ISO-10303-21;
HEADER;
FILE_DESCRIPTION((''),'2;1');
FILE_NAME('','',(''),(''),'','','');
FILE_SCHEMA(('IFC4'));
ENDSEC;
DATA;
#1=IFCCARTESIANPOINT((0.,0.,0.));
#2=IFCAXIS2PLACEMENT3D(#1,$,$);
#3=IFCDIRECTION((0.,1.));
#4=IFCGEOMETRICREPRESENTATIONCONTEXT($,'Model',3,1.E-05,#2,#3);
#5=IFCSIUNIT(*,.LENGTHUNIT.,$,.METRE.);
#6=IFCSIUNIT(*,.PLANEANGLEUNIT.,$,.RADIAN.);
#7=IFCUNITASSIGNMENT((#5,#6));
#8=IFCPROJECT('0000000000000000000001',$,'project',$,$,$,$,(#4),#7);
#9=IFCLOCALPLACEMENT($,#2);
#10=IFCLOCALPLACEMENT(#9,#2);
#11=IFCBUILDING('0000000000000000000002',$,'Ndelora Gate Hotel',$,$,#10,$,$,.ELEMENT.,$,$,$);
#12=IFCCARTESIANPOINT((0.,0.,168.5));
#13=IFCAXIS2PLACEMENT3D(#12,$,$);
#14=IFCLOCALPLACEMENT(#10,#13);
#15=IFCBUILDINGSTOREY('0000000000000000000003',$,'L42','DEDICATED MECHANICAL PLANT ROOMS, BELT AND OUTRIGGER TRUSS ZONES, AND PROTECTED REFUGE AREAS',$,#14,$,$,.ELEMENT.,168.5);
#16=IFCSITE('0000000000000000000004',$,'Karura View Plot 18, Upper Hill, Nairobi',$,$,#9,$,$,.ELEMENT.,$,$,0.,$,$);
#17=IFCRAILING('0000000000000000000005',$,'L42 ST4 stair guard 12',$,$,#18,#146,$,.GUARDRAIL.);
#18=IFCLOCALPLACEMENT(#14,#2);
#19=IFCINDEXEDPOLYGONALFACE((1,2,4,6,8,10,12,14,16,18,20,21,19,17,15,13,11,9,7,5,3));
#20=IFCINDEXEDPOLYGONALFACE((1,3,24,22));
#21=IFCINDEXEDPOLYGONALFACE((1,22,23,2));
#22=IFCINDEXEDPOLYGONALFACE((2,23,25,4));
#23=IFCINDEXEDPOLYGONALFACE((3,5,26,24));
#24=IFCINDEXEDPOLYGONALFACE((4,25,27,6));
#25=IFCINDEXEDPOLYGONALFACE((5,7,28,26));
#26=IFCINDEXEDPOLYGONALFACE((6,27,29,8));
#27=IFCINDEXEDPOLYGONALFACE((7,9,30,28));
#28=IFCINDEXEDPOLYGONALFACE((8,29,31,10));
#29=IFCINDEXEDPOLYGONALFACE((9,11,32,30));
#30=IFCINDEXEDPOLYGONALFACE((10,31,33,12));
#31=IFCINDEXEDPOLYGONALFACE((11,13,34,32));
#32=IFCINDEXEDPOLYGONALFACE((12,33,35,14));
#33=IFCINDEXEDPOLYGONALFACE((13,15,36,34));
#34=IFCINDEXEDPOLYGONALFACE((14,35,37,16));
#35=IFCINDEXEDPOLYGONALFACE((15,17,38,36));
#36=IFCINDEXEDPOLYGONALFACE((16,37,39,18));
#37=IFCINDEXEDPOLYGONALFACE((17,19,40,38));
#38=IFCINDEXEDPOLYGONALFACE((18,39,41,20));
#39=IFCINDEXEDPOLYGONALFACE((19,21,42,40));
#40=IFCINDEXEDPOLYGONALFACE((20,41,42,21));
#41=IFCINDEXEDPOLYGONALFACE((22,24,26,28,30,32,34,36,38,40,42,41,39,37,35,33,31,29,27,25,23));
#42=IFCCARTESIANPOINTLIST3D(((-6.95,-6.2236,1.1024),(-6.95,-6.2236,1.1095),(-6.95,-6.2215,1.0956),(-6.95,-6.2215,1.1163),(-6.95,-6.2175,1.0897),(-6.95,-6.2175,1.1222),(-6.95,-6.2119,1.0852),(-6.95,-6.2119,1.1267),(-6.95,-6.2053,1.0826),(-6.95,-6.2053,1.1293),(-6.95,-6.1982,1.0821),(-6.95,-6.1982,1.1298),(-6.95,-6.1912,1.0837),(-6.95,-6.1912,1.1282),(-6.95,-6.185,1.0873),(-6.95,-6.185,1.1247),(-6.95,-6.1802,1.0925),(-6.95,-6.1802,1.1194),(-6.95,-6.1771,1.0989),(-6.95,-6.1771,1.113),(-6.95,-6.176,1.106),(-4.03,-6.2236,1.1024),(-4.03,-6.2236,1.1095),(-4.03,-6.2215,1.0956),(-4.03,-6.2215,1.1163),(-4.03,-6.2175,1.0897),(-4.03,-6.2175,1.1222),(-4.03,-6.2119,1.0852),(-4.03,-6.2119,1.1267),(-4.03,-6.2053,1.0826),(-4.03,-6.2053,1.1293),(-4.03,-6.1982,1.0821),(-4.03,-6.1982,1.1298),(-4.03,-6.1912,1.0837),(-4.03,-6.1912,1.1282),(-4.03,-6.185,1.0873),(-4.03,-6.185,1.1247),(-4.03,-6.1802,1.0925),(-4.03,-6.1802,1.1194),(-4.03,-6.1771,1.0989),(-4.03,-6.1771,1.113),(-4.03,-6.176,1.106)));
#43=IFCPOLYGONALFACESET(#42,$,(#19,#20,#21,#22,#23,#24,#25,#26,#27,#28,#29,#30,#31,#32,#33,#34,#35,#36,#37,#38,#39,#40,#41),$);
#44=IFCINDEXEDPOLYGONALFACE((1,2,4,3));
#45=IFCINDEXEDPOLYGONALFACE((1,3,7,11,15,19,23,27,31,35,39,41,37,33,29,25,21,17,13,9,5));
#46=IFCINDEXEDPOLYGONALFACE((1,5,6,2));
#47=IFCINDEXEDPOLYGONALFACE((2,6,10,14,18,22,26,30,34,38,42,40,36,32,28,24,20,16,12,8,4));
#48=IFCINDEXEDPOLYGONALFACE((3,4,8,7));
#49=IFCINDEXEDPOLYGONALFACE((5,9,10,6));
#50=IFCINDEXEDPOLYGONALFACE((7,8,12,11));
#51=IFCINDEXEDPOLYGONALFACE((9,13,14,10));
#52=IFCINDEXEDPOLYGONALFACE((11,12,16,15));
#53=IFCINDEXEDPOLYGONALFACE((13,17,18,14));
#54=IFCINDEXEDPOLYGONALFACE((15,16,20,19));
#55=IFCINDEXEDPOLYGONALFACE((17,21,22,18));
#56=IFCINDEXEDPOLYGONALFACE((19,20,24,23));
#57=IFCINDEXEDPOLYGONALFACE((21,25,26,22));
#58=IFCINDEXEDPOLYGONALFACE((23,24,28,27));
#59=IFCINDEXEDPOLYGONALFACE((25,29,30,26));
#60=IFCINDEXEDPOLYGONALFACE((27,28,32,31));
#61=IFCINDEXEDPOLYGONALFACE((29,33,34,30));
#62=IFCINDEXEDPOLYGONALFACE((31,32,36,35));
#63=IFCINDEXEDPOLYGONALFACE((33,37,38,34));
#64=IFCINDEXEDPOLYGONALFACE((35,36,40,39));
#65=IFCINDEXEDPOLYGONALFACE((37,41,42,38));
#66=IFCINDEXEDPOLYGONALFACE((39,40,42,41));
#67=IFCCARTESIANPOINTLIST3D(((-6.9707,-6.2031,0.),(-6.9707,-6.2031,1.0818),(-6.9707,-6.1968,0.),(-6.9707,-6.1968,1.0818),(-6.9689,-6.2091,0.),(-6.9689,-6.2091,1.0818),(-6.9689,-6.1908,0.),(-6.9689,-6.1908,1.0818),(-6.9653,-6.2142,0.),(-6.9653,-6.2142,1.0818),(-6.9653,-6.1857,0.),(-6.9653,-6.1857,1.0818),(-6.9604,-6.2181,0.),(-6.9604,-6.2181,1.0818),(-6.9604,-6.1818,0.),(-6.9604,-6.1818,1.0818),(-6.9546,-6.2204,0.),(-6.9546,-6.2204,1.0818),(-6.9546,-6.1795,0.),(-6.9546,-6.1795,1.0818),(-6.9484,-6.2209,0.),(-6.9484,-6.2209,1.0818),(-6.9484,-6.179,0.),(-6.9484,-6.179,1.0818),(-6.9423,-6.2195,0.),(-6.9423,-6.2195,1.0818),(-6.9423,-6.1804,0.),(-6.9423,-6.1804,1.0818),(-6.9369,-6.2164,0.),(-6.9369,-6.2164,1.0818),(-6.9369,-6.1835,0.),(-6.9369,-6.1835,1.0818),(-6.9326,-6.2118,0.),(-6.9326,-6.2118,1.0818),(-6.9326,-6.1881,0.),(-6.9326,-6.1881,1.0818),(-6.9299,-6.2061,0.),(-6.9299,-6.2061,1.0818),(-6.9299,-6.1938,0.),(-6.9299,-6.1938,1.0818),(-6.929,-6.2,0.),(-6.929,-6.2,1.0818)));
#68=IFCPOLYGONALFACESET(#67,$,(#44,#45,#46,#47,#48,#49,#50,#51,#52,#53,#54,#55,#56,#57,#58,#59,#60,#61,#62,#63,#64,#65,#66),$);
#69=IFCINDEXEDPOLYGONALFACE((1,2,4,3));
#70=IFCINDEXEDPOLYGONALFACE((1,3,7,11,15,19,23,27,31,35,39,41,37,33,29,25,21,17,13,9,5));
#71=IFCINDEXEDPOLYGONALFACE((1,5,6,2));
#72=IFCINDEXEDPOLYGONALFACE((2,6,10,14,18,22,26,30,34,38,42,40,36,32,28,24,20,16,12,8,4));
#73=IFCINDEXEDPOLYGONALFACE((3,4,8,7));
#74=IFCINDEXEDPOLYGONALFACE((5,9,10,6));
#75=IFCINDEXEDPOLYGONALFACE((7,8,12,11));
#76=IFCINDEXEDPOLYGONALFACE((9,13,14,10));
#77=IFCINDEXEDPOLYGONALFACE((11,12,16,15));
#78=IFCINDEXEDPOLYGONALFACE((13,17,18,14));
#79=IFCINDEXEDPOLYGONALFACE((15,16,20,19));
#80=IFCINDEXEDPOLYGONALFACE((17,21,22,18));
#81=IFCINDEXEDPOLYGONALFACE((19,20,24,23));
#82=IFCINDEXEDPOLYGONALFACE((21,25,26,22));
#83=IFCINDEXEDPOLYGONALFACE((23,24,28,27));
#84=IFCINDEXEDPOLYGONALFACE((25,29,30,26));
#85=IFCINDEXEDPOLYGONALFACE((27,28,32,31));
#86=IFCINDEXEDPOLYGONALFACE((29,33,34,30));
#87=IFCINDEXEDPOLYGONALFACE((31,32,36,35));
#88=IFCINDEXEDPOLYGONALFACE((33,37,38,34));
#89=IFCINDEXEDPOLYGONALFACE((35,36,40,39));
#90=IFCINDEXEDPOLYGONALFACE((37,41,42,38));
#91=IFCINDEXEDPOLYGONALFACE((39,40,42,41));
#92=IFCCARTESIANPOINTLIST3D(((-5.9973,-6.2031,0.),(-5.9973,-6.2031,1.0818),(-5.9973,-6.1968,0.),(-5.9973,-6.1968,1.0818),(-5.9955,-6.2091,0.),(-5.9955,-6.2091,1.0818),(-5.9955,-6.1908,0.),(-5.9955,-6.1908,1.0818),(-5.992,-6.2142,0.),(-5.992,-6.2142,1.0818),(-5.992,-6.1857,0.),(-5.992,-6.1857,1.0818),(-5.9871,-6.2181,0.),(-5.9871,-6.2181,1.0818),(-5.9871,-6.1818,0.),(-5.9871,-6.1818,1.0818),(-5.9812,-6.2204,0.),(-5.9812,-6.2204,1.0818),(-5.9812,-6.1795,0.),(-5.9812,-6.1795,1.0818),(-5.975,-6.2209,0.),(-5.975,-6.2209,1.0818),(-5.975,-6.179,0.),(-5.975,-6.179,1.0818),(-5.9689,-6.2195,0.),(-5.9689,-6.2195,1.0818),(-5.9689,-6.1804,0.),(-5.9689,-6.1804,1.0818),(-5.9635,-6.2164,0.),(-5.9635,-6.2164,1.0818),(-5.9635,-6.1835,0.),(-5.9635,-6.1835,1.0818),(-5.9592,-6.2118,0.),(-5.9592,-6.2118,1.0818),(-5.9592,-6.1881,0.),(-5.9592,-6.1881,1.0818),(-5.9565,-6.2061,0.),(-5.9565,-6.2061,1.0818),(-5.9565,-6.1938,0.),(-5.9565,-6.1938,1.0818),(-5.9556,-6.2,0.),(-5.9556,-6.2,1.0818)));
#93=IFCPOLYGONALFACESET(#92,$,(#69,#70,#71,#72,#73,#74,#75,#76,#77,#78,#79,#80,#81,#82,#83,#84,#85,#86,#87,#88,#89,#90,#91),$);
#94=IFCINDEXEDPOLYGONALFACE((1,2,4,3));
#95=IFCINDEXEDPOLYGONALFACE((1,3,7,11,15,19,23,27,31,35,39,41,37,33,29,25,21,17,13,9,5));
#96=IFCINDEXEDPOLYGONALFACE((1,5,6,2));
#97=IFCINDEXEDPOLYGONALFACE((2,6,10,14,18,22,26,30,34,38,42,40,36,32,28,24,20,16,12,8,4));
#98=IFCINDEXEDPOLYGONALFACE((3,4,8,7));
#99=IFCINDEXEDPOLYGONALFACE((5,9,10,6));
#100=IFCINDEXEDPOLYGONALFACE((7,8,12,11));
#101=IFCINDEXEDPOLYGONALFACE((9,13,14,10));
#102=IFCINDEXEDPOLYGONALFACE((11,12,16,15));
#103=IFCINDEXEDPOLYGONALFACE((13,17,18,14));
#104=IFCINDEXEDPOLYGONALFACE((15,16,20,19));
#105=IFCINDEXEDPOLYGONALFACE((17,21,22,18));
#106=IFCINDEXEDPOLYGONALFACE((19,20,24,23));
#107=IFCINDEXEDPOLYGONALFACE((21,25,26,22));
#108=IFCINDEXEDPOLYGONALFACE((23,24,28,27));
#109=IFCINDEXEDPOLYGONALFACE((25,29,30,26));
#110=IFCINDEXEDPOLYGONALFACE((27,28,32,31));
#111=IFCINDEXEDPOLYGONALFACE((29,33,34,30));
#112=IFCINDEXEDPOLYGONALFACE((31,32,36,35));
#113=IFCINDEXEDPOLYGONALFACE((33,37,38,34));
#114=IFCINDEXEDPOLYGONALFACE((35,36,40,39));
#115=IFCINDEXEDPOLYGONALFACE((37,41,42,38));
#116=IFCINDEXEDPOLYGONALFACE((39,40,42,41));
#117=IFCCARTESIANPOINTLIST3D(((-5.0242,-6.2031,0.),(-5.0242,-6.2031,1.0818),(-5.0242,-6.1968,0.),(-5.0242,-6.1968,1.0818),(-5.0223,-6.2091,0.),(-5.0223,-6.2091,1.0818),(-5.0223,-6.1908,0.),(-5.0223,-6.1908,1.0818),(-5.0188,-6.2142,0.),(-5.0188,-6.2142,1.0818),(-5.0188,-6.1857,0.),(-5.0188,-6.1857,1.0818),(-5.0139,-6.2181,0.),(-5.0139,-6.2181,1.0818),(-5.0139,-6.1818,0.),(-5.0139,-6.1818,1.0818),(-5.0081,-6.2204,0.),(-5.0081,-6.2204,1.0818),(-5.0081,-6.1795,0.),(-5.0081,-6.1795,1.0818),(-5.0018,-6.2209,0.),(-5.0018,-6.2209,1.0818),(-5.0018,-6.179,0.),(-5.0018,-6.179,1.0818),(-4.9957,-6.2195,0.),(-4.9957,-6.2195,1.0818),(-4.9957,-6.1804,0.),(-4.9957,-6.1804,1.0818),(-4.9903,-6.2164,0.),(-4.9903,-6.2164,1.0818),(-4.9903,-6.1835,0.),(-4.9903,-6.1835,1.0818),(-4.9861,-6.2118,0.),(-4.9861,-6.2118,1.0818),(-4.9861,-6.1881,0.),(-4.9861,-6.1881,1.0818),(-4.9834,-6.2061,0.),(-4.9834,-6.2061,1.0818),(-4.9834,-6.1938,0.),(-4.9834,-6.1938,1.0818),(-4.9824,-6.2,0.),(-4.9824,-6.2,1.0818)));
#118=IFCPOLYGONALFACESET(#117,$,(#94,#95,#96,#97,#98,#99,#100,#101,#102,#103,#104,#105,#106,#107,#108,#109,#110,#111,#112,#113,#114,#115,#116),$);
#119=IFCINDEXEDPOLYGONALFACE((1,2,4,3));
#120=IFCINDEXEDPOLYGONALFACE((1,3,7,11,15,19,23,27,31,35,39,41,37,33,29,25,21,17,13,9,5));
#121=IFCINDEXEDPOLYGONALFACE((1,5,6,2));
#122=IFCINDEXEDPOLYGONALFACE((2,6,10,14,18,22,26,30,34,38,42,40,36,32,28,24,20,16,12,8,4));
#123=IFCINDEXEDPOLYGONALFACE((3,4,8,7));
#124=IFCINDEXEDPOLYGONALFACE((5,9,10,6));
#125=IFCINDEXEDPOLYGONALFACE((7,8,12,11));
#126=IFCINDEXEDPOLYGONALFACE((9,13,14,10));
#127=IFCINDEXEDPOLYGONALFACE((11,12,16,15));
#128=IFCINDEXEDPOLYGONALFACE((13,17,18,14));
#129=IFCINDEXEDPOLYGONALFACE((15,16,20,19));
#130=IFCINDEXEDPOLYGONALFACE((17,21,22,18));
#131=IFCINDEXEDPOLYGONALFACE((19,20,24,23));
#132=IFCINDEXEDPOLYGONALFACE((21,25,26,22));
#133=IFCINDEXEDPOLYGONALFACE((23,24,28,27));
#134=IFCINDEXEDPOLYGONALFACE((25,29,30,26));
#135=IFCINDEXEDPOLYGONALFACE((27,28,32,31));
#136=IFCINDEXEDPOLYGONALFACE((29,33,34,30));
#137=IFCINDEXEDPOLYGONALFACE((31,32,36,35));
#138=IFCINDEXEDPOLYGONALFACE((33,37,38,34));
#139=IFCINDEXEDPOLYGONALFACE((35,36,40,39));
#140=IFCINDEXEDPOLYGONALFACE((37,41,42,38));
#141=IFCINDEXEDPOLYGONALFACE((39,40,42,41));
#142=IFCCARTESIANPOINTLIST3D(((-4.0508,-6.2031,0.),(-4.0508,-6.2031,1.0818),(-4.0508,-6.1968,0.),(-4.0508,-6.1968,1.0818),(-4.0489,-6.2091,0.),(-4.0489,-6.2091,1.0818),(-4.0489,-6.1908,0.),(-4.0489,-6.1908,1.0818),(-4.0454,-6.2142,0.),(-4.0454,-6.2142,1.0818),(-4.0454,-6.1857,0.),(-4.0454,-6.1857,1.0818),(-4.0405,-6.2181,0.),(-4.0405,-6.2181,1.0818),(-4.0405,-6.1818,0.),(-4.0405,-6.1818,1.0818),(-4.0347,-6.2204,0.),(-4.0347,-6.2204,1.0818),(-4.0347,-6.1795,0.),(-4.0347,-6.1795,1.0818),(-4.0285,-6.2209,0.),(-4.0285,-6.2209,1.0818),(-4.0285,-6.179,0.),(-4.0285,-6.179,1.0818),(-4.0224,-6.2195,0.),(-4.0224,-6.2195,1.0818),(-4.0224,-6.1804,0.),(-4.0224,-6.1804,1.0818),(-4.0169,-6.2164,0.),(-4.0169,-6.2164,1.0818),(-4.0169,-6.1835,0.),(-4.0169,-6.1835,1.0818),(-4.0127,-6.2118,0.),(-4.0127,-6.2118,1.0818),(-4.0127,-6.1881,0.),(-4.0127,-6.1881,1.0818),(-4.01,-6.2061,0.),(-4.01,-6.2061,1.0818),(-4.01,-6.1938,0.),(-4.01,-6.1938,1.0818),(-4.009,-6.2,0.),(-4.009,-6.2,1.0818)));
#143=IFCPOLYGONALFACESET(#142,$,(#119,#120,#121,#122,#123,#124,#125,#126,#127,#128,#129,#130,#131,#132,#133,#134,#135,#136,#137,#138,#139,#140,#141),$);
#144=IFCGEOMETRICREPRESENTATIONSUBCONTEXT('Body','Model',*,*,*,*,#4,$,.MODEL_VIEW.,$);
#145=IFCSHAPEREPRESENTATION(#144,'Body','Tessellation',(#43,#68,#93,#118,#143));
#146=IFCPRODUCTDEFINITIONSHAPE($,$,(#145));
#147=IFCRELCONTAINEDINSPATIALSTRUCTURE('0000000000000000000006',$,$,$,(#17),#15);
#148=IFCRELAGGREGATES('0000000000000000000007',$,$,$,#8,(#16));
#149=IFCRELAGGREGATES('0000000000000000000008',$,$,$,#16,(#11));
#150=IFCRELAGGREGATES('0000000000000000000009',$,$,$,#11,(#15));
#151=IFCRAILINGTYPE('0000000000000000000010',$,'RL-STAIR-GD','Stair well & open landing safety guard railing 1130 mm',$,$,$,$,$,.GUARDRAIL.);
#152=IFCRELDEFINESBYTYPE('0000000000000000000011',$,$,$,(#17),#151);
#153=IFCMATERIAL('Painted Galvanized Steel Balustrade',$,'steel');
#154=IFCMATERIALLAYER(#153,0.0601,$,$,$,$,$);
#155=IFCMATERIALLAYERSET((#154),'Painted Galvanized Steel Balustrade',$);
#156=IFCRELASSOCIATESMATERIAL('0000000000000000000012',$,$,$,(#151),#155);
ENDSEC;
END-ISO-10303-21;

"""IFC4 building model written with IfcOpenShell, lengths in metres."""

from ifc_helpers import new_model, si_unit, direction, frame, origin, origin_2d, place, context, subcontext, project, spatial, circle, extrude, material, layer, layer_set, type_object, element, save


model = new_model("IFC4")

# Units and contexts
model_context = context("Model", 3, precision=1e-05, world=origin(), true_north=direction((0.0, 1.0)))
body_context = subcontext(model_context, "Body", "Model", "MODEL_VIEW")
ifc_project = project(units=[si_unit("LENGTHUNIT", "METRE"), si_unit("PLANEANGLEUNIT", "RADIAN")], contexts=[model_context])

# Site, building, storey
site_placement = place(None, origin())
site = spatial("IfcSite", under=ifc_project, at=site_placement, Name="Karura View Plot 18, Upper Hill, Nairobi", CompositionType="ELEMENT", RefElevation=0.0)
building_placement = place(site_placement, origin())
building = spatial("IfcBuilding", under=site, at=building_placement, Name="Ndelora Gate Hotel", CompositionType="ELEMENT")
storey_placement = place(building_placement, frame((0.0, 0.0, 168.5)))
storey = spatial("IfcBuildingStorey", under=building, at=storey_placement, Name="L42", Description="DEDICATED MECHANICAL PLANT ROOMS, BELT AND OUTRIGGER TRUSS ZONES, AND PROTECTED REFUGE AREAS", CompositionType="ELEMENT", Elevation=168.5)

# Railing
ifc_material_1 = material(Name="Painted Galvanized Steel Balustrade", Category="steel")
ifc_layer_1 = layer(ifc_material_1, 0.0601)
ifc_layer_set_1 = layer_set([ifc_layer_1], Name="Painted Galvanized Steel Balustrade")
railing_type_1 = type_object("IfcRailingType", Name="RL-STAIR-GD", Description="Stair well & open landing safety guard railing 1130 mm", PredefinedType="GUARDRAIL", material=ifc_layer_set_1)
railing_1_placement = place(storey_placement, frame((-6.95, -6.2, 0.0)))
element("IfcRailing", 1, at=railing_1_placement, inside=storey, type_object=railing_type_1, Name="L42 ST4 stair guard 12", PredefinedType="GUARDRAIL", context=body_context, shape_type="SweptSolid", body=[
    extrude(circle(Radius=0.0239, at=origin_2d()), frame((0.0, 0.0, 1.106), z_axis=(1.0, 0.0, 0.0), x_axis=(0.0, 1.0, 0.0)), (0.0, 0.0, 1.0), 2.9199),
    extrude(circle(Radius=0.021, at=origin_2d()), origin(), (0.0, 0.0, 1.0), 1.0818),
    extrude(circle(Radius=0.021, at=origin_2d()), frame((0.9734, 0.0, 0.0)), (0.0, 0.0, 1.0), 1.0818),
    extrude(circle(Radius=0.021, at=origin_2d()), frame((1.9465, 0.0, 0.0)), (0.0, 0.0, 1.0), 1.0818),
    extrude(circle(Radius=0.021, at=origin_2d()), frame((2.9199, 0.0, 0.0)), (0.0, 0.0, 1.0), 1.0818),
])

save(model, "model.ifc")
